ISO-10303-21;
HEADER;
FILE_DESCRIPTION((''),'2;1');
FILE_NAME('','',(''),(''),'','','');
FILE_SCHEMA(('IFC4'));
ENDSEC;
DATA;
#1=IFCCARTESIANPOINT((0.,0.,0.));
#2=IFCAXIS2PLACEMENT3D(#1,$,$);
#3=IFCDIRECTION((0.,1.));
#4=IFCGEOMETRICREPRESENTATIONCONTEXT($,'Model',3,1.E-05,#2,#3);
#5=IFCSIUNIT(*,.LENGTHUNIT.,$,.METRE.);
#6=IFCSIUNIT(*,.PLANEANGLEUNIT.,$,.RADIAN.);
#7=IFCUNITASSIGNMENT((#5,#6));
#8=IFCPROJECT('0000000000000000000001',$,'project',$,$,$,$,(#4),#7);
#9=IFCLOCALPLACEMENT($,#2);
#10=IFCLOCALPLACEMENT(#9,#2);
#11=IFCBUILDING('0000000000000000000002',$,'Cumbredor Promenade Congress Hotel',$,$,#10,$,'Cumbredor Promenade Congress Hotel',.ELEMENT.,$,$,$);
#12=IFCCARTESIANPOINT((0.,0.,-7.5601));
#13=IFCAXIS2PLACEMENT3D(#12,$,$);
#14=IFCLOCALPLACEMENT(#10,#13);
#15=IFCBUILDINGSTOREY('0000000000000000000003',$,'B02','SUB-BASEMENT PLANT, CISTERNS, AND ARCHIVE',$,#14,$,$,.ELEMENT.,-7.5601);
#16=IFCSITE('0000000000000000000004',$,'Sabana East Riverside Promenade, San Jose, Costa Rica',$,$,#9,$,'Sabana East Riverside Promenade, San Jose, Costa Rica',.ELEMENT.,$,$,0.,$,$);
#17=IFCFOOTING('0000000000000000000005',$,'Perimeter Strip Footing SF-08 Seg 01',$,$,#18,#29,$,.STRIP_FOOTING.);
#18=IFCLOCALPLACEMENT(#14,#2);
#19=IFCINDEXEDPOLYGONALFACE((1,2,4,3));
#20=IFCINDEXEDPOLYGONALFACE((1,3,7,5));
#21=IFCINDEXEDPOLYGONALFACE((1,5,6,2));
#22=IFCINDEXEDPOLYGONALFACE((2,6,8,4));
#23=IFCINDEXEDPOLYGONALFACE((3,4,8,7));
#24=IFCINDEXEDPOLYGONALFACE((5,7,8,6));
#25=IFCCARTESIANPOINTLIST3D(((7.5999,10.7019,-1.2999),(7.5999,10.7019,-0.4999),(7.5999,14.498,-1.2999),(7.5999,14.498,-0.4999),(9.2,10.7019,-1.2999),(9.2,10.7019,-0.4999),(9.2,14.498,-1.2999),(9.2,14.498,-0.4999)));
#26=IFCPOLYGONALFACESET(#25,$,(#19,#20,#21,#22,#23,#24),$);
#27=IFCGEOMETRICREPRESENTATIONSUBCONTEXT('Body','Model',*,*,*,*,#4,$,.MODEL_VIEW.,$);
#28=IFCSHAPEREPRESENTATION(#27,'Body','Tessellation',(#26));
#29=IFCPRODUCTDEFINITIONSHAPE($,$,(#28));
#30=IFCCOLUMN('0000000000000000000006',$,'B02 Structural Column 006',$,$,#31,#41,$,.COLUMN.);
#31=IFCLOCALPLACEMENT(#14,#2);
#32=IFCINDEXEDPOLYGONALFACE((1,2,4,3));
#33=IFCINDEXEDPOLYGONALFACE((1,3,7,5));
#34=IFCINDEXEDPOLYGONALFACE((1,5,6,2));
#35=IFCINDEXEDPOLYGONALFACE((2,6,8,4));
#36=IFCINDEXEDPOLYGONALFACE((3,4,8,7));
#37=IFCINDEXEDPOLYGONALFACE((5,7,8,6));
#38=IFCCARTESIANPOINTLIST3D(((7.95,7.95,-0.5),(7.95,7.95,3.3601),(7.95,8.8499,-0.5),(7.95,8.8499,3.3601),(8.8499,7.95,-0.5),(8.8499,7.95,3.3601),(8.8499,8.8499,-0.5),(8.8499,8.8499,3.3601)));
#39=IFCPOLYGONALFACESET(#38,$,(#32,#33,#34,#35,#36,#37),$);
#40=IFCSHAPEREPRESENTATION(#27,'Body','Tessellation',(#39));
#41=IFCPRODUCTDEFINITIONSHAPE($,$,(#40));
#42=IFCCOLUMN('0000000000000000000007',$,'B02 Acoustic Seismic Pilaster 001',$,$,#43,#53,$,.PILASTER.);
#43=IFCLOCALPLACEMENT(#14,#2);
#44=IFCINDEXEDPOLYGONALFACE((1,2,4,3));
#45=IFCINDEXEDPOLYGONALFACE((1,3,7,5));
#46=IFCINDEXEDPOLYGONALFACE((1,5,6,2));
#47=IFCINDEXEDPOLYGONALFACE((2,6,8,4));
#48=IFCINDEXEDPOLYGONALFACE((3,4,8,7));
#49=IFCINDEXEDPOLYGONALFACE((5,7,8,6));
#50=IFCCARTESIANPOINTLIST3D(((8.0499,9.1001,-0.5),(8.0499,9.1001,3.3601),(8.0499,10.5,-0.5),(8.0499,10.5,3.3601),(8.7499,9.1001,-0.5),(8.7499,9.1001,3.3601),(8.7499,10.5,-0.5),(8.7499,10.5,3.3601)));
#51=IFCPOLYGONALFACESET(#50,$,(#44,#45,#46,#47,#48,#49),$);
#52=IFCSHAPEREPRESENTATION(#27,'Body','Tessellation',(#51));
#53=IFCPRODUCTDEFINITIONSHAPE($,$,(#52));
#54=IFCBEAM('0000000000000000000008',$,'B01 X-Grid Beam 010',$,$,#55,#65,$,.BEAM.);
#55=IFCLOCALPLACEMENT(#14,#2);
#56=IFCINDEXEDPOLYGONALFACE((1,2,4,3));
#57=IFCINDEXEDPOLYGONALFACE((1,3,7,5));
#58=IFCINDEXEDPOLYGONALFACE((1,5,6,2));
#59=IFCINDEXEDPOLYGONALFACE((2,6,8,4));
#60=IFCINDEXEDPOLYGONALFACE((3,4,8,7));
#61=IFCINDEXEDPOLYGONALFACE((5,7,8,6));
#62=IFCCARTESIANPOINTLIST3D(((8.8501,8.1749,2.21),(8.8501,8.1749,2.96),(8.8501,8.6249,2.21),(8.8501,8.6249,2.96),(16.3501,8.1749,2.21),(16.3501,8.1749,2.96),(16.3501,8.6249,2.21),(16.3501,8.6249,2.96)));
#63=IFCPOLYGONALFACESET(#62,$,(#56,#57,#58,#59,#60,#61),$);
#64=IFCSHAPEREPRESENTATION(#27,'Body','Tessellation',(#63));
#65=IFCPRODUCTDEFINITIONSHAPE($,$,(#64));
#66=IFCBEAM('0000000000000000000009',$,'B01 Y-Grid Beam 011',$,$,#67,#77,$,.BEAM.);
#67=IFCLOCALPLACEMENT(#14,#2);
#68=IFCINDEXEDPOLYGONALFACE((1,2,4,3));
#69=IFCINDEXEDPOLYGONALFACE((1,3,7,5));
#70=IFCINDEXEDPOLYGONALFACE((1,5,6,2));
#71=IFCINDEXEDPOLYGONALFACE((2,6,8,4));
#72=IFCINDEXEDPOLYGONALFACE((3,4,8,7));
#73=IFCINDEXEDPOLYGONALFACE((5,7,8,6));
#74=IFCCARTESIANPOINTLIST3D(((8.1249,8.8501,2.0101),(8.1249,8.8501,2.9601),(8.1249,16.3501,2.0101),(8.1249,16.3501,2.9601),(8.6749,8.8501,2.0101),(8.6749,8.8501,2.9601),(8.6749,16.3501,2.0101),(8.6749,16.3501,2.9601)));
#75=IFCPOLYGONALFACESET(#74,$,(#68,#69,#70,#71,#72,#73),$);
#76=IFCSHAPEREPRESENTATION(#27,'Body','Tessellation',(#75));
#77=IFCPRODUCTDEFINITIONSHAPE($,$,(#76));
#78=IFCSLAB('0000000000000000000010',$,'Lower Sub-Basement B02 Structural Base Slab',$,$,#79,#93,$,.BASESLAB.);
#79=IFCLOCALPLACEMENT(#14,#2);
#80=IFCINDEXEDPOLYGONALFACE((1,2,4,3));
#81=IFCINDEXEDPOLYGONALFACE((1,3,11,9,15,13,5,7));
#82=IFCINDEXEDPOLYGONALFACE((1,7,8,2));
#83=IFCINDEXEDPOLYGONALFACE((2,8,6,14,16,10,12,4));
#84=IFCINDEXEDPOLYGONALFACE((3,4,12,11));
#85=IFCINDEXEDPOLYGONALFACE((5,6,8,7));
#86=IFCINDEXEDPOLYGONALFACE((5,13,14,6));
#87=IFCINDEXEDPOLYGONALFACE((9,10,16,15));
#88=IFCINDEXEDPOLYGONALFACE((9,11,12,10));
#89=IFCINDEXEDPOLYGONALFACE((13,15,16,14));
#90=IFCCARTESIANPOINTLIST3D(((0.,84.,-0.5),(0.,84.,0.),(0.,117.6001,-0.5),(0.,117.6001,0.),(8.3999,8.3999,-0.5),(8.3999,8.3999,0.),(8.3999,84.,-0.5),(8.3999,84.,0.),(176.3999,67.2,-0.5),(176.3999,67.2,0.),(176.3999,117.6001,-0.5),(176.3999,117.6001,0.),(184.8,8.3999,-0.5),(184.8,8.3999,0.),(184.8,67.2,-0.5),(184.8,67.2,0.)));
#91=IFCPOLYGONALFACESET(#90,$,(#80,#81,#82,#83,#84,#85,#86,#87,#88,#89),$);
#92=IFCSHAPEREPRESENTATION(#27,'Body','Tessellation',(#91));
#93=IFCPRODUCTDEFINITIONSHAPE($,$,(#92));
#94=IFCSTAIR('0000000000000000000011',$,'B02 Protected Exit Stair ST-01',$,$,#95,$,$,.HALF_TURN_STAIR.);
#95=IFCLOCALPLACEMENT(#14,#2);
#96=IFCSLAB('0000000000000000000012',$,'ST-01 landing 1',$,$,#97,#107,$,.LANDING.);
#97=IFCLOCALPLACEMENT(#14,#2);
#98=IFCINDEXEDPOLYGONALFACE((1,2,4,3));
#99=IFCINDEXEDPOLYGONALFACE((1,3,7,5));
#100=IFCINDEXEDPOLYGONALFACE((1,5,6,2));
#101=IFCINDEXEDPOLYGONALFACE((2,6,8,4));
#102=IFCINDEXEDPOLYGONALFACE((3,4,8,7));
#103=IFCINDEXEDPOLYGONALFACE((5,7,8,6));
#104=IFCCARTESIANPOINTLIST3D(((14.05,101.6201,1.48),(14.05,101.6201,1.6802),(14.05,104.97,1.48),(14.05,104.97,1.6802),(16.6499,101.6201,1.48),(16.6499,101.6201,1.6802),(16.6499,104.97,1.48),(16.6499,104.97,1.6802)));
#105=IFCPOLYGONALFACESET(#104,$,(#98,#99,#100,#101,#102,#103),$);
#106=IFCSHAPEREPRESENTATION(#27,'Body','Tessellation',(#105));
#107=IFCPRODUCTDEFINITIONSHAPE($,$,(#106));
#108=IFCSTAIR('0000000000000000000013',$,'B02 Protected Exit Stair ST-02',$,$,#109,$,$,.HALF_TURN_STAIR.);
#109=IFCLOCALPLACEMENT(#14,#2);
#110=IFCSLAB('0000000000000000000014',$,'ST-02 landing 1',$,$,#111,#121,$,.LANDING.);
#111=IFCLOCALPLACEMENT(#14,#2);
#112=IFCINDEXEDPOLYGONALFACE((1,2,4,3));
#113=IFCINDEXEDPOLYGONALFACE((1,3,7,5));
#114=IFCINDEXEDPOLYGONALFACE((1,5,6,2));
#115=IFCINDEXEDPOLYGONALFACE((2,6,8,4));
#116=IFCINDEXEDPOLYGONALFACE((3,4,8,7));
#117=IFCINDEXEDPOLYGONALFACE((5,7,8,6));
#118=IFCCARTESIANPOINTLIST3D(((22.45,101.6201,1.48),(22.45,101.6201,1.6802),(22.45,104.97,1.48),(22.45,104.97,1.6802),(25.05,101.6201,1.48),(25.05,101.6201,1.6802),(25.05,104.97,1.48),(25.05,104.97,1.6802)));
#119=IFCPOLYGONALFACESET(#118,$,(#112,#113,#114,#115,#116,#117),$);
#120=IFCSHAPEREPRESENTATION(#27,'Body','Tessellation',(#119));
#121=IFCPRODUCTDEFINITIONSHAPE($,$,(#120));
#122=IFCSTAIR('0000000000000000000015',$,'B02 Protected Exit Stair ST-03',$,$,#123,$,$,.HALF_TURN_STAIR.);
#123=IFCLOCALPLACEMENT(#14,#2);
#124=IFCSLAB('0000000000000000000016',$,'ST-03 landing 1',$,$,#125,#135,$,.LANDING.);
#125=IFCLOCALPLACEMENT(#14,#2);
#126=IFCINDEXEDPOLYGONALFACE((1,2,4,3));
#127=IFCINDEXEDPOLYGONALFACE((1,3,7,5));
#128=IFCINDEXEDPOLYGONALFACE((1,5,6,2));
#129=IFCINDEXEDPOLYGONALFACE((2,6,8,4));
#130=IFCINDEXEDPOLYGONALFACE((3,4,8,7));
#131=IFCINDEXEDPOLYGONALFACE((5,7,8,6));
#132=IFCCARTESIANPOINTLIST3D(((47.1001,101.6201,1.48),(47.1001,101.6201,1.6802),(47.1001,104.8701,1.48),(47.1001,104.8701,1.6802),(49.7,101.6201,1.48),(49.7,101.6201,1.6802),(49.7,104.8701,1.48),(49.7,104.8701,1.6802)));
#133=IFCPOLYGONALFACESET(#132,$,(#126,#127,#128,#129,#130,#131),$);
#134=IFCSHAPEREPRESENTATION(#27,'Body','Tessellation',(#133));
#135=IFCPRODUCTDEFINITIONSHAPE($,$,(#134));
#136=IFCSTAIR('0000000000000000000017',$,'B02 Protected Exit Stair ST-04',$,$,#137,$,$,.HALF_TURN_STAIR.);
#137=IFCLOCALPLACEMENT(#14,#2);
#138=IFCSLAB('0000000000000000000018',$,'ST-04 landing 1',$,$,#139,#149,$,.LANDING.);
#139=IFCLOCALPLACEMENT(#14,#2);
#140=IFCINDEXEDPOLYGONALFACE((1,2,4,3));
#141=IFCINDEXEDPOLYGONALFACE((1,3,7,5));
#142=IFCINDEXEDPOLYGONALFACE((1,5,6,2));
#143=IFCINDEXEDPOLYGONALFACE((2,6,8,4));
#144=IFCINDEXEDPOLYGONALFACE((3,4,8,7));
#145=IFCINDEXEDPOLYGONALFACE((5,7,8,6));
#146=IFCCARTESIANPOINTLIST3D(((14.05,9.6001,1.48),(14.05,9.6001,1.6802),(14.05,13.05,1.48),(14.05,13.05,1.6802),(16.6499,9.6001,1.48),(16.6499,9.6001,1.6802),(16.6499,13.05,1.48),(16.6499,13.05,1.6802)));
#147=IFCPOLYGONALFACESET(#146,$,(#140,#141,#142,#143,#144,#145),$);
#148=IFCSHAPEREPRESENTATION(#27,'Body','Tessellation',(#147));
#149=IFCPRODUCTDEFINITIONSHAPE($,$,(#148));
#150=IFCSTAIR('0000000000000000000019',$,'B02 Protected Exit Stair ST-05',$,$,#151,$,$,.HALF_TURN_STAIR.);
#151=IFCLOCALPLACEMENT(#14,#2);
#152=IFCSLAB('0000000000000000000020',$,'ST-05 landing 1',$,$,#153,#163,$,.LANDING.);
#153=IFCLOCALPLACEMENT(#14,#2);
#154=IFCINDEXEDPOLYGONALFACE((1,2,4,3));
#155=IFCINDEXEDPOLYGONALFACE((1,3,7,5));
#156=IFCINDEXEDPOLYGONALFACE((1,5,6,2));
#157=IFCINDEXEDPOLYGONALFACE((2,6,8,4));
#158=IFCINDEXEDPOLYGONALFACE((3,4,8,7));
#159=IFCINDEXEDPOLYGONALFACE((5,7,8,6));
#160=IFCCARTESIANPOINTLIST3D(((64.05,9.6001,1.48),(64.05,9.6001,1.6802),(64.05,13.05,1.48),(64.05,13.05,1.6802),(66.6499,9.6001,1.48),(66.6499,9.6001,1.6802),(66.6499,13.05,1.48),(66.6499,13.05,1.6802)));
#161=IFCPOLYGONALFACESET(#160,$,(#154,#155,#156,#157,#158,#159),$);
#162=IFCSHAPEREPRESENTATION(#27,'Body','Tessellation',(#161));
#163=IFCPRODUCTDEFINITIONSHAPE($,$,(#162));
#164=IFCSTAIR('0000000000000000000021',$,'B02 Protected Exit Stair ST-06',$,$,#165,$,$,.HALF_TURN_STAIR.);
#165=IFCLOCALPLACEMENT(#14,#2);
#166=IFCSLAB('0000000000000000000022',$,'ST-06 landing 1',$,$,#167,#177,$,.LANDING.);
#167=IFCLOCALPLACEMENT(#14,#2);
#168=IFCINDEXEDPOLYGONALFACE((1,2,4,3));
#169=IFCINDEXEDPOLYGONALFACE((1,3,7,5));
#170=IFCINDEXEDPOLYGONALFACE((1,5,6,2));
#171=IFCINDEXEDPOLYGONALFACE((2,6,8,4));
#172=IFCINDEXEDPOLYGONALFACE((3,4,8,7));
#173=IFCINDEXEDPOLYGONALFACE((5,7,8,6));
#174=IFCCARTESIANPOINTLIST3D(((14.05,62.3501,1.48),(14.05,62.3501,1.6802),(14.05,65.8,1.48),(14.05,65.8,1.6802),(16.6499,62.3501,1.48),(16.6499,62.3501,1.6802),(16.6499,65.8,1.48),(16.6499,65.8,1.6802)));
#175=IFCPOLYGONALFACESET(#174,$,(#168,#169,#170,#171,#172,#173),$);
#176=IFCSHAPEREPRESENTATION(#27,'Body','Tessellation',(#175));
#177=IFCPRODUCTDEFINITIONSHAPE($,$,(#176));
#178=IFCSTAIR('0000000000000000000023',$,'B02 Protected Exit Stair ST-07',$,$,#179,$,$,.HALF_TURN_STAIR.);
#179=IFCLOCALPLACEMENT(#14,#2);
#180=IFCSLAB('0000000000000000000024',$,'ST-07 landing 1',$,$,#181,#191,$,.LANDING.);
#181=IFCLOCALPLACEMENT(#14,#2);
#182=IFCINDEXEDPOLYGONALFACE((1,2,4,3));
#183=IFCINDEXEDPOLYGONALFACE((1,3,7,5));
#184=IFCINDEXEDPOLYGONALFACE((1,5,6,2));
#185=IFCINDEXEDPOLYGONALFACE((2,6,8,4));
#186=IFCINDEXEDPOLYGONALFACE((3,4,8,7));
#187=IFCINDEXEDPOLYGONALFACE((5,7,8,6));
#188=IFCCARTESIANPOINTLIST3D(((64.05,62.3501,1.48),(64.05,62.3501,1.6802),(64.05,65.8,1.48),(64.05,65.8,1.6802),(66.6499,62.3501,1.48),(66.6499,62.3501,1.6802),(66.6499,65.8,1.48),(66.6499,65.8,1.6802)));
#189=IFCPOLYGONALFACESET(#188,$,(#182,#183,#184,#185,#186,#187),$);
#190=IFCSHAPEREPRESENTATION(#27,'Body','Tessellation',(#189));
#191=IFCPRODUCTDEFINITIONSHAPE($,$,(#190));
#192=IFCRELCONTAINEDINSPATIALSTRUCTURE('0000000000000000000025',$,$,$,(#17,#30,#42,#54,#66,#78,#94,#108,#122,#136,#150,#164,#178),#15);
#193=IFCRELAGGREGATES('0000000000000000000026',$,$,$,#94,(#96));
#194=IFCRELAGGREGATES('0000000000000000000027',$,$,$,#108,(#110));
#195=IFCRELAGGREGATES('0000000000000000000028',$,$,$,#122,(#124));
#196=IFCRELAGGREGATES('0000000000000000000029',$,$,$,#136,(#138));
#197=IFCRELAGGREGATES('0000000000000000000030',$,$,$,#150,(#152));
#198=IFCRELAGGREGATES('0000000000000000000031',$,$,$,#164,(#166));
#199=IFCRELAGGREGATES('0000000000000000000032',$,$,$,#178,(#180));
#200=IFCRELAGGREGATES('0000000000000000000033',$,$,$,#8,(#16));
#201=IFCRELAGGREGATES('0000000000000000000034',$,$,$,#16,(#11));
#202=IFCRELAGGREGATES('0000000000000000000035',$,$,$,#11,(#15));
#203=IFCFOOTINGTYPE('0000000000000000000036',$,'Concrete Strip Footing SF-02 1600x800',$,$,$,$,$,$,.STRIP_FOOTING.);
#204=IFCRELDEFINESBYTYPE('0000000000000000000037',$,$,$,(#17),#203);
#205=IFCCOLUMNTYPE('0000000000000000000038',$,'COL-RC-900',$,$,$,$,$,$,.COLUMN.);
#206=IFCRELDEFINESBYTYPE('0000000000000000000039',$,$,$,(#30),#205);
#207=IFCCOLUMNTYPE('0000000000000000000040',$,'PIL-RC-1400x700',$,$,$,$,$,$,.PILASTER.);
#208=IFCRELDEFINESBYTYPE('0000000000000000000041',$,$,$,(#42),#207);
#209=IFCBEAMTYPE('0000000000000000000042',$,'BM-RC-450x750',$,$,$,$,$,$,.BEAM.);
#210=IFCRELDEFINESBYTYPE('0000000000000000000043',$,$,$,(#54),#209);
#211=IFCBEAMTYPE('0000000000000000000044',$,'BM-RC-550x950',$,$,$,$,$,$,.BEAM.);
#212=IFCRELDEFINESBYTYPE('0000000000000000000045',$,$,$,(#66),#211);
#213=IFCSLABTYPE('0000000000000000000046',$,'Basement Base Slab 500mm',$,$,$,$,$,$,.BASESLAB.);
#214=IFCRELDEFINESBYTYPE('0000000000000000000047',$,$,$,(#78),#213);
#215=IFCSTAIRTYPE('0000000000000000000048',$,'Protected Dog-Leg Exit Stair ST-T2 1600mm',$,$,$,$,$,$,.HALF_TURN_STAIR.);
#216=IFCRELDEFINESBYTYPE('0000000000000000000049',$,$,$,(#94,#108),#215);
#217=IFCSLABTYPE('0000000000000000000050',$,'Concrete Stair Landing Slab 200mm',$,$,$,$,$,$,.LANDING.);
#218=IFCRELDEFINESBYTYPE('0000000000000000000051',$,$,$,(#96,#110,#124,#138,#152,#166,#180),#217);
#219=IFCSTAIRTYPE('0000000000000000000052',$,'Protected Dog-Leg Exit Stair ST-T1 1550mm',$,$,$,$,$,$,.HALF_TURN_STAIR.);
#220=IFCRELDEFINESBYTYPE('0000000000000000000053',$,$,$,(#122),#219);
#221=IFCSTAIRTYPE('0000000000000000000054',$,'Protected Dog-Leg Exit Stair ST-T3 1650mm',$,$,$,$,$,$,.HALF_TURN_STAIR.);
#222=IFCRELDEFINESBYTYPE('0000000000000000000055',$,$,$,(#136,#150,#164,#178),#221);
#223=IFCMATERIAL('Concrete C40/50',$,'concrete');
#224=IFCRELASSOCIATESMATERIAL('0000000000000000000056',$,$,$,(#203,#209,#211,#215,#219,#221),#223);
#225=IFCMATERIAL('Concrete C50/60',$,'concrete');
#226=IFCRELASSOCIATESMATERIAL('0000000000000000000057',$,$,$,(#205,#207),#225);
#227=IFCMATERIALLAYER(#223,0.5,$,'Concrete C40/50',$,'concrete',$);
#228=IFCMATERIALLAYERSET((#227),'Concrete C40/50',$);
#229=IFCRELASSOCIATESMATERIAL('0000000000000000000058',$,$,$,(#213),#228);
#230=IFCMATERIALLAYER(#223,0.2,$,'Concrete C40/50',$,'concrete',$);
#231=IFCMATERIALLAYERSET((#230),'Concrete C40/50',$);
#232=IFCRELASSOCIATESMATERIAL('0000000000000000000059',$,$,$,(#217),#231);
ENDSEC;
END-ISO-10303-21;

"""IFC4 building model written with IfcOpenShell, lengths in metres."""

from ifc_helpers import new_model, si_unit, direction, frame, origin, origin_2d, place, context, subcontext, project, spatial, polyline, rectangle, outline, extrude, material, layer, layer_set, material_profile, profile_set, type_object, element, aggregate, save


model = new_model("IFC4")

# Units and contexts
model_context = context("Model", 3, precision=1e-05, world=origin(), true_north=direction((0.0, 1.0)))
body_context = subcontext(model_context, "Body", "Model", "MODEL_VIEW")
ifc_project = project(units=[si_unit("LENGTHUNIT", "METRE"), si_unit("PLANEANGLEUNIT", "RADIAN")], contexts=[model_context])

# Site, building, storey
site_placement = place(None, origin())
site = spatial("IfcSite", under=ifc_project, at=site_placement, Name="Sabana East Riverside Promenade, San Jose, Costa Rica", LongName="Sabana East Riverside Promenade, San Jose, Costa Rica", CompositionType="ELEMENT", RefElevation=0.0)
building_placement = place(site_placement, origin())
building = spatial("IfcBuilding", under=site, at=building_placement, Name="Cumbredor Promenade Congress Hotel", LongName="Cumbredor Promenade Congress Hotel", CompositionType="ELEMENT")
storey_placement = place(building_placement, frame((0.0, 0.0, -7.5601)))
storey = spatial("IfcBuildingStorey", under=building, at=storey_placement, Name="B02", Description="SUB-BASEMENT PLANT, CISTERNS, AND ARCHIVE", CompositionType="ELEMENT", Elevation=-7.5601)

# Shared definitions
ifc_material_1 = material(Name="Concrete C40/50", Category="concrete")

# Footing
ifc_material_profile_1 = material_profile(ifc_material_1, rectangle(XDim=1.6001, YDim=0.8, at=origin_2d()), Name="SF 1600x800")
ifc_profile_set_1 = profile_set([ifc_material_profile_1], Name="Concrete C40/50")
footing_type_1 = type_object("IfcFootingType", Name="Concrete Strip Footing SF-02 1600x800", PredefinedType="STRIP_FOOTING", material=ifc_profile_set_1)
footing_1_placement = place(storey_placement, frame((8.3999, 10.7019, -0.8999), z_axis=(0.0, 1.0, 0.0), x_axis=(-1.0, 0.0, 0.0)))
element("IfcFooting", 1, at=footing_1_placement, inside=storey, type_object=footing_type_1, Name="Perimeter Strip Footing SF-08 Seg 01", PredefinedType="STRIP_FOOTING", context=body_context, shape_type="SweptSolid", body=[
    extrude(rectangle(XDim=1.6001, YDim=0.8, at=origin_2d()), origin(), (0.0, 0.0, 1.0), 3.7961),
])

# Columns
ifc_material_2 = material(Name="Concrete C50/60", Category="concrete")
ifc_material_profile_2 = material_profile(ifc_material_2, rectangle(XDim=0.8999, YDim=0.8999, at=origin_2d()), Name="RC 900x900")
ifc_profile_set_2 = profile_set([ifc_material_profile_2], Name="Concrete C50/60")
column_type_1 = type_object("IfcColumnType", Name="COL-RC-900", PredefinedType="COLUMN", material=ifc_profile_set_2)
column_1_placement = place(storey_placement, frame((8.3999, 8.3999, -0.5), z_axis=(0.0, 0.0, 1.0), x_axis=(1.0, 0.0, 0.0)))
element("IfcColumn", 2, at=column_1_placement, inside=storey, type_object=column_type_1, Name="B02 Structural Column 006", PredefinedType="COLUMN", context=body_context, shape_type="SweptSolid", body=[
    extrude(rectangle(XDim=0.8999, YDim=0.8999, at=origin_2d()), origin(), (0.0, 0.0, 1.0), 3.8601),
])
ifc_material_profile_3 = material_profile(ifc_material_2, rectangle(XDim=0.7, YDim=1.3999, at=origin_2d()), Name="RC PILASTER 1400x700")
ifc_profile_set_3 = profile_set([ifc_material_profile_3], Name="Concrete C50/60")
column_type_2 = type_object("IfcColumnType", Name="PIL-RC-1400x700", PredefinedType="PILASTER", material=ifc_profile_set_3)
column_2_placement = place(storey_placement, frame((8.3999, 9.8, -0.5), z_axis=(0.0, 0.0, 1.0), x_axis=(1.0, 0.0, 0.0)))
element("IfcColumn", 3, at=column_2_placement, inside=storey, type_object=column_type_2, Name="B02 Acoustic Seismic Pilaster 001", PredefinedType="PILASTER", context=body_context, shape_type="SweptSolid", body=[
    extrude(rectangle(XDim=0.7, YDim=1.3999, at=origin_2d()), origin(), (0.0, 0.0, 1.0), 3.8601),
])

# Beams
ifc_material_profile_4 = material_profile(ifc_material_1, rectangle(XDim=0.45, YDim=0.75, at=origin_2d()), Name="RC BEAM 450x750")
ifc_profile_set_4 = profile_set([ifc_material_profile_4], Name="Concrete C40/50")
beam_type_1 = type_object("IfcBeamType", Name="BM-RC-450x750", PredefinedType="BEAM", material=ifc_profile_set_4)
beam_1_placement = place(storey_placement, frame((8.8501, 8.3999, 2.585), z_axis=(1.0, 0.0, 0.0), x_axis=(0.0, 1.0, 0.0)))
element("IfcBeam", 4, at=beam_1_placement, inside=storey, type_object=beam_type_1, Name="B01 X-Grid Beam 010", PredefinedType="BEAM", context=body_context, shape_type="SweptSolid", body=[
    extrude(rectangle(XDim=0.45, YDim=0.75, at=origin_2d()), origin(), (0.0, 0.0, 1.0), 7.5),
])
ifc_material_profile_5 = material_profile(ifc_material_1, rectangle(XDim=0.55, YDim=0.95, at=origin_2d()), Name="RC BEAM 550x950")
ifc_profile_set_5 = profile_set([ifc_material_profile_5], Name="Concrete C40/50")
beam_type_2 = type_object("IfcBeamType", Name="BM-RC-550x950", PredefinedType="BEAM", material=ifc_profile_set_5)
beam_2_placement = place(storey_placement, frame((8.3999, 8.8501, 2.4851), z_axis=(0.0, 1.0, 0.0), x_axis=(-1.0, 0.0, 0.0)))
element("IfcBeam", 5, at=beam_2_placement, inside=storey, type_object=beam_type_2, Name="B01 Y-Grid Beam 011", PredefinedType="BEAM", context=body_context, shape_type="SweptSolid", body=[
    extrude(rectangle(XDim=0.55, YDim=0.95, at=origin_2d()), origin(), (0.0, 0.0, 1.0), 7.5),
])

# Slab
ifc_layer_1 = layer(ifc_material_1, 0.5, Name="Concrete C40/50", Category="concrete")
ifc_layer_set_1 = layer_set([ifc_layer_1], Name="Concrete C40/50")
slab_type_1 = type_object("IfcSlabType", Name="Basement Base Slab 500mm", PredefinedType="BASESLAB", material=ifc_layer_set_1)
slab_1_placement = place(storey_placement, frame((0.0, 0.0, -0.5)))
element("IfcSlab", 6, at=slab_1_placement, inside=storey, type_object=slab_type_1, Name="Lower Sub-Basement B02 Structural Base Slab", PredefinedType="BASESLAB", context=body_context, shape_type="SweptSolid", body=[
    extrude(outline(polyline([(8.3999, 8.3999), (184.8, 8.3999), (184.8, 67.2), (176.3999, 67.2), (176.3999, 117.6001), (0.0, 117.6001), (0.0, 84.0), (8.3999, 84.0), (8.3999, 8.3999)])), origin(), (0.0, 0.0, 1.0), 0.5),
])

# Stairs, slabs
stair_type_1 = type_object("IfcStairType", Name="Protected Dog-Leg Exit Stair ST-T2 1600mm", PredefinedType="HALF_TURN_STAIR", material=ifc_material_1)
stair_1_placement = place(storey_placement, origin())
stair_1 = element("IfcStair", 7, at=stair_1_placement, inside=storey, type_object=stair_type_1, Name="B02 Protected Exit Stair ST-01", PredefinedType="HALF_TURN_STAIR")
ifc_layer_2 = layer(ifc_material_1, 0.2, Name="Concrete C40/50", Category="concrete")
ifc_layer_set_2 = layer_set([ifc_layer_2], Name="Concrete C40/50")
slab_type_2 = type_object("IfcSlabType", Name="Concrete Stair Landing Slab 200mm", PredefinedType="LANDING", material=ifc_layer_set_2)
slab_2_placement = place(storey_placement, frame((0.0, 0.0, 1.48)))
slab_2 = element("IfcSlab", 8, at=slab_2_placement, type_object=slab_type_2, Name="ST-01 landing 1", PredefinedType="LANDING", context=body_context, shape_type="SweptSolid", body=[
    extrude(outline(polyline([(14.05, 101.6201), (16.6499, 101.6201), (16.6499, 104.97), (14.05, 104.97), (14.05, 101.6201)])), origin(), (0.0, 0.0, 1.0), 0.2002),
])
aggregate(stair_1, [slab_2])
stair_2_placement = place(storey_placement, origin())
stair_2 = element("IfcStair", 9, at=stair_2_placement, inside=storey, type_object=stair_type_1, Name="B02 Protected Exit Stair ST-02", PredefinedType="HALF_TURN_STAIR")
slab_3_placement = place(storey_placement, frame((0.0, 0.0, 1.48)))
slab_3 = element("IfcSlab", 10, at=slab_3_placement, type_object=slab_type_2, Name="ST-02 landing 1", PredefinedType="LANDING", context=body_context, shape_type="SweptSolid", body=[
    extrude(outline(polyline([(22.45, 101.6201), (25.05, 101.6201), (25.05, 104.97), (22.45, 104.97), (22.45, 101.6201)])), origin(), (0.0, 0.0, 1.0), 0.2002),
])
aggregate(stair_2, [slab_3])
stair_type_2 = type_object("IfcStairType", Name="Protected Dog-Leg Exit Stair ST-T1 1550mm", PredefinedType="HALF_TURN_STAIR", material=ifc_material_1)
stair_3_placement = place(storey_placement, origin())
stair_3 = element("IfcStair", 11, at=stair_3_placement, inside=storey, type_object=stair_type_2, Name="B02 Protected Exit Stair ST-03", PredefinedType="HALF_TURN_STAIR")
slab_4_placement = place(storey_placement, frame((0.0, 0.0, 1.48)))
slab_4 = element("IfcSlab", 12, at=slab_4_placement, type_object=slab_type_2, Name="ST-03 landing 1", PredefinedType="LANDING", context=body_context, shape_type="SweptSolid", body=[
    extrude(outline(polyline([(47.1001, 101.6201), (49.7, 101.6201), (49.7, 104.8701), (47.1001, 104.8701), (47.1001, 101.6201)])), origin(), (0.0, 0.0, 1.0), 0.2002),
])
aggregate(stair_3, [slab_4])
stair_type_3 = type_object("IfcStairType", Name="Protected Dog-Leg Exit Stair ST-T3 1650mm", PredefinedType="HALF_TURN_STAIR", material=ifc_material_1)
stair_4_placement = place(storey_placement, origin())
stair_4 = element("IfcStair", 13, at=stair_4_placement, inside=storey, type_object=stair_type_3, Name="B02 Protected Exit Stair ST-04", PredefinedType="HALF_TURN_STAIR")
slab_5_placement = place(storey_placement, frame((0.0, 0.0, 1.48)))
slab_5 = element("IfcSlab", 14, at=slab_5_placement, type_object=slab_type_2, Name="ST-04 landing 1", PredefinedType="LANDING", context=body_context, shape_type="SweptSolid", body=[
    extrude(outline(polyline([(14.05, 9.6001), (16.6499, 9.6001), (16.6499, 13.05), (14.05, 13.05), (14.05, 9.6001)])), origin(), (0.0, 0.0, 1.0), 0.2002),
])
aggregate(stair_4, [slab_5])
stair_5_placement = place(storey_placement, origin())
stair_5 = element("IfcStair", 15, at=stair_5_placement, inside=storey, type_object=stair_type_3, Name="B02 Protected Exit Stair ST-05", PredefinedType="HALF_TURN_STAIR")
slab_6_placement = place(storey_placement, frame((0.0, 0.0, 1.48)))
slab_6 = element("IfcSlab", 16, at=slab_6_placement, type_object=slab_type_2, Name="ST-05 landing 1", PredefinedType="LANDING", context=body_context, shape_type="SweptSolid", body=[
    extrude(outline(polyline([(64.05, 9.6001), (66.6499, 9.6001), (66.6499, 13.05), (64.05, 13.05), (64.05, 9.6001)])), origin(), (0.0, 0.0, 1.0), 0.2002),
])
aggregate(stair_5, [slab_6])
stair_6_placement = place(storey_placement, origin())
stair_6 = element("IfcStair", 17, at=stair_6_placement, inside=storey, type_object=stair_type_3, Name="B02 Protected Exit Stair ST-06", PredefinedType="HALF_TURN_STAIR")
slab_7_placement = place(storey_placement, frame((0.0, 0.0, 1.48)))
slab_7 = element("IfcSlab", 18, at=slab_7_placement, type_object=slab_type_2, Name="ST-06 landing 1", PredefinedType="LANDING", context=body_context, shape_type="SweptSolid", body=[
    extrude(outline(polyline([(14.05, 62.3501), (16.6499, 62.3501), (16.6499, 65.8), (14.05, 65.8), (14.05, 62.3501)])), origin(), (0.0, 0.0, 1.0), 0.2002),
])
aggregate(stair_6, [slab_7])
stair_7_placement = place(storey_placement, origin())
stair_7 = element("IfcStair", 19, at=stair_7_placement, inside=storey, type_object=stair_type_3, Name="B02 Protected Exit Stair ST-07", PredefinedType="HALF_TURN_STAIR")
slab_8_placement = place(storey_placement, frame((0.0, 0.0, 1.48)))
slab_8 = element("IfcSlab", 20, at=slab_8_placement, type_object=slab_type_2, Name="ST-07 landing 1", PredefinedType="LANDING", context=body_context, shape_type="SweptSolid", body=[
    extrude(outline(polyline([(64.05, 62.3501), (66.6499, 62.3501), (66.6499, 65.8), (64.05, 65.8), (64.05, 62.3501)])), origin(), (0.0, 0.0, 1.0), 0.2002),
])
aggregate(stair_7, [slab_8])

save(model, "model.ifc")
